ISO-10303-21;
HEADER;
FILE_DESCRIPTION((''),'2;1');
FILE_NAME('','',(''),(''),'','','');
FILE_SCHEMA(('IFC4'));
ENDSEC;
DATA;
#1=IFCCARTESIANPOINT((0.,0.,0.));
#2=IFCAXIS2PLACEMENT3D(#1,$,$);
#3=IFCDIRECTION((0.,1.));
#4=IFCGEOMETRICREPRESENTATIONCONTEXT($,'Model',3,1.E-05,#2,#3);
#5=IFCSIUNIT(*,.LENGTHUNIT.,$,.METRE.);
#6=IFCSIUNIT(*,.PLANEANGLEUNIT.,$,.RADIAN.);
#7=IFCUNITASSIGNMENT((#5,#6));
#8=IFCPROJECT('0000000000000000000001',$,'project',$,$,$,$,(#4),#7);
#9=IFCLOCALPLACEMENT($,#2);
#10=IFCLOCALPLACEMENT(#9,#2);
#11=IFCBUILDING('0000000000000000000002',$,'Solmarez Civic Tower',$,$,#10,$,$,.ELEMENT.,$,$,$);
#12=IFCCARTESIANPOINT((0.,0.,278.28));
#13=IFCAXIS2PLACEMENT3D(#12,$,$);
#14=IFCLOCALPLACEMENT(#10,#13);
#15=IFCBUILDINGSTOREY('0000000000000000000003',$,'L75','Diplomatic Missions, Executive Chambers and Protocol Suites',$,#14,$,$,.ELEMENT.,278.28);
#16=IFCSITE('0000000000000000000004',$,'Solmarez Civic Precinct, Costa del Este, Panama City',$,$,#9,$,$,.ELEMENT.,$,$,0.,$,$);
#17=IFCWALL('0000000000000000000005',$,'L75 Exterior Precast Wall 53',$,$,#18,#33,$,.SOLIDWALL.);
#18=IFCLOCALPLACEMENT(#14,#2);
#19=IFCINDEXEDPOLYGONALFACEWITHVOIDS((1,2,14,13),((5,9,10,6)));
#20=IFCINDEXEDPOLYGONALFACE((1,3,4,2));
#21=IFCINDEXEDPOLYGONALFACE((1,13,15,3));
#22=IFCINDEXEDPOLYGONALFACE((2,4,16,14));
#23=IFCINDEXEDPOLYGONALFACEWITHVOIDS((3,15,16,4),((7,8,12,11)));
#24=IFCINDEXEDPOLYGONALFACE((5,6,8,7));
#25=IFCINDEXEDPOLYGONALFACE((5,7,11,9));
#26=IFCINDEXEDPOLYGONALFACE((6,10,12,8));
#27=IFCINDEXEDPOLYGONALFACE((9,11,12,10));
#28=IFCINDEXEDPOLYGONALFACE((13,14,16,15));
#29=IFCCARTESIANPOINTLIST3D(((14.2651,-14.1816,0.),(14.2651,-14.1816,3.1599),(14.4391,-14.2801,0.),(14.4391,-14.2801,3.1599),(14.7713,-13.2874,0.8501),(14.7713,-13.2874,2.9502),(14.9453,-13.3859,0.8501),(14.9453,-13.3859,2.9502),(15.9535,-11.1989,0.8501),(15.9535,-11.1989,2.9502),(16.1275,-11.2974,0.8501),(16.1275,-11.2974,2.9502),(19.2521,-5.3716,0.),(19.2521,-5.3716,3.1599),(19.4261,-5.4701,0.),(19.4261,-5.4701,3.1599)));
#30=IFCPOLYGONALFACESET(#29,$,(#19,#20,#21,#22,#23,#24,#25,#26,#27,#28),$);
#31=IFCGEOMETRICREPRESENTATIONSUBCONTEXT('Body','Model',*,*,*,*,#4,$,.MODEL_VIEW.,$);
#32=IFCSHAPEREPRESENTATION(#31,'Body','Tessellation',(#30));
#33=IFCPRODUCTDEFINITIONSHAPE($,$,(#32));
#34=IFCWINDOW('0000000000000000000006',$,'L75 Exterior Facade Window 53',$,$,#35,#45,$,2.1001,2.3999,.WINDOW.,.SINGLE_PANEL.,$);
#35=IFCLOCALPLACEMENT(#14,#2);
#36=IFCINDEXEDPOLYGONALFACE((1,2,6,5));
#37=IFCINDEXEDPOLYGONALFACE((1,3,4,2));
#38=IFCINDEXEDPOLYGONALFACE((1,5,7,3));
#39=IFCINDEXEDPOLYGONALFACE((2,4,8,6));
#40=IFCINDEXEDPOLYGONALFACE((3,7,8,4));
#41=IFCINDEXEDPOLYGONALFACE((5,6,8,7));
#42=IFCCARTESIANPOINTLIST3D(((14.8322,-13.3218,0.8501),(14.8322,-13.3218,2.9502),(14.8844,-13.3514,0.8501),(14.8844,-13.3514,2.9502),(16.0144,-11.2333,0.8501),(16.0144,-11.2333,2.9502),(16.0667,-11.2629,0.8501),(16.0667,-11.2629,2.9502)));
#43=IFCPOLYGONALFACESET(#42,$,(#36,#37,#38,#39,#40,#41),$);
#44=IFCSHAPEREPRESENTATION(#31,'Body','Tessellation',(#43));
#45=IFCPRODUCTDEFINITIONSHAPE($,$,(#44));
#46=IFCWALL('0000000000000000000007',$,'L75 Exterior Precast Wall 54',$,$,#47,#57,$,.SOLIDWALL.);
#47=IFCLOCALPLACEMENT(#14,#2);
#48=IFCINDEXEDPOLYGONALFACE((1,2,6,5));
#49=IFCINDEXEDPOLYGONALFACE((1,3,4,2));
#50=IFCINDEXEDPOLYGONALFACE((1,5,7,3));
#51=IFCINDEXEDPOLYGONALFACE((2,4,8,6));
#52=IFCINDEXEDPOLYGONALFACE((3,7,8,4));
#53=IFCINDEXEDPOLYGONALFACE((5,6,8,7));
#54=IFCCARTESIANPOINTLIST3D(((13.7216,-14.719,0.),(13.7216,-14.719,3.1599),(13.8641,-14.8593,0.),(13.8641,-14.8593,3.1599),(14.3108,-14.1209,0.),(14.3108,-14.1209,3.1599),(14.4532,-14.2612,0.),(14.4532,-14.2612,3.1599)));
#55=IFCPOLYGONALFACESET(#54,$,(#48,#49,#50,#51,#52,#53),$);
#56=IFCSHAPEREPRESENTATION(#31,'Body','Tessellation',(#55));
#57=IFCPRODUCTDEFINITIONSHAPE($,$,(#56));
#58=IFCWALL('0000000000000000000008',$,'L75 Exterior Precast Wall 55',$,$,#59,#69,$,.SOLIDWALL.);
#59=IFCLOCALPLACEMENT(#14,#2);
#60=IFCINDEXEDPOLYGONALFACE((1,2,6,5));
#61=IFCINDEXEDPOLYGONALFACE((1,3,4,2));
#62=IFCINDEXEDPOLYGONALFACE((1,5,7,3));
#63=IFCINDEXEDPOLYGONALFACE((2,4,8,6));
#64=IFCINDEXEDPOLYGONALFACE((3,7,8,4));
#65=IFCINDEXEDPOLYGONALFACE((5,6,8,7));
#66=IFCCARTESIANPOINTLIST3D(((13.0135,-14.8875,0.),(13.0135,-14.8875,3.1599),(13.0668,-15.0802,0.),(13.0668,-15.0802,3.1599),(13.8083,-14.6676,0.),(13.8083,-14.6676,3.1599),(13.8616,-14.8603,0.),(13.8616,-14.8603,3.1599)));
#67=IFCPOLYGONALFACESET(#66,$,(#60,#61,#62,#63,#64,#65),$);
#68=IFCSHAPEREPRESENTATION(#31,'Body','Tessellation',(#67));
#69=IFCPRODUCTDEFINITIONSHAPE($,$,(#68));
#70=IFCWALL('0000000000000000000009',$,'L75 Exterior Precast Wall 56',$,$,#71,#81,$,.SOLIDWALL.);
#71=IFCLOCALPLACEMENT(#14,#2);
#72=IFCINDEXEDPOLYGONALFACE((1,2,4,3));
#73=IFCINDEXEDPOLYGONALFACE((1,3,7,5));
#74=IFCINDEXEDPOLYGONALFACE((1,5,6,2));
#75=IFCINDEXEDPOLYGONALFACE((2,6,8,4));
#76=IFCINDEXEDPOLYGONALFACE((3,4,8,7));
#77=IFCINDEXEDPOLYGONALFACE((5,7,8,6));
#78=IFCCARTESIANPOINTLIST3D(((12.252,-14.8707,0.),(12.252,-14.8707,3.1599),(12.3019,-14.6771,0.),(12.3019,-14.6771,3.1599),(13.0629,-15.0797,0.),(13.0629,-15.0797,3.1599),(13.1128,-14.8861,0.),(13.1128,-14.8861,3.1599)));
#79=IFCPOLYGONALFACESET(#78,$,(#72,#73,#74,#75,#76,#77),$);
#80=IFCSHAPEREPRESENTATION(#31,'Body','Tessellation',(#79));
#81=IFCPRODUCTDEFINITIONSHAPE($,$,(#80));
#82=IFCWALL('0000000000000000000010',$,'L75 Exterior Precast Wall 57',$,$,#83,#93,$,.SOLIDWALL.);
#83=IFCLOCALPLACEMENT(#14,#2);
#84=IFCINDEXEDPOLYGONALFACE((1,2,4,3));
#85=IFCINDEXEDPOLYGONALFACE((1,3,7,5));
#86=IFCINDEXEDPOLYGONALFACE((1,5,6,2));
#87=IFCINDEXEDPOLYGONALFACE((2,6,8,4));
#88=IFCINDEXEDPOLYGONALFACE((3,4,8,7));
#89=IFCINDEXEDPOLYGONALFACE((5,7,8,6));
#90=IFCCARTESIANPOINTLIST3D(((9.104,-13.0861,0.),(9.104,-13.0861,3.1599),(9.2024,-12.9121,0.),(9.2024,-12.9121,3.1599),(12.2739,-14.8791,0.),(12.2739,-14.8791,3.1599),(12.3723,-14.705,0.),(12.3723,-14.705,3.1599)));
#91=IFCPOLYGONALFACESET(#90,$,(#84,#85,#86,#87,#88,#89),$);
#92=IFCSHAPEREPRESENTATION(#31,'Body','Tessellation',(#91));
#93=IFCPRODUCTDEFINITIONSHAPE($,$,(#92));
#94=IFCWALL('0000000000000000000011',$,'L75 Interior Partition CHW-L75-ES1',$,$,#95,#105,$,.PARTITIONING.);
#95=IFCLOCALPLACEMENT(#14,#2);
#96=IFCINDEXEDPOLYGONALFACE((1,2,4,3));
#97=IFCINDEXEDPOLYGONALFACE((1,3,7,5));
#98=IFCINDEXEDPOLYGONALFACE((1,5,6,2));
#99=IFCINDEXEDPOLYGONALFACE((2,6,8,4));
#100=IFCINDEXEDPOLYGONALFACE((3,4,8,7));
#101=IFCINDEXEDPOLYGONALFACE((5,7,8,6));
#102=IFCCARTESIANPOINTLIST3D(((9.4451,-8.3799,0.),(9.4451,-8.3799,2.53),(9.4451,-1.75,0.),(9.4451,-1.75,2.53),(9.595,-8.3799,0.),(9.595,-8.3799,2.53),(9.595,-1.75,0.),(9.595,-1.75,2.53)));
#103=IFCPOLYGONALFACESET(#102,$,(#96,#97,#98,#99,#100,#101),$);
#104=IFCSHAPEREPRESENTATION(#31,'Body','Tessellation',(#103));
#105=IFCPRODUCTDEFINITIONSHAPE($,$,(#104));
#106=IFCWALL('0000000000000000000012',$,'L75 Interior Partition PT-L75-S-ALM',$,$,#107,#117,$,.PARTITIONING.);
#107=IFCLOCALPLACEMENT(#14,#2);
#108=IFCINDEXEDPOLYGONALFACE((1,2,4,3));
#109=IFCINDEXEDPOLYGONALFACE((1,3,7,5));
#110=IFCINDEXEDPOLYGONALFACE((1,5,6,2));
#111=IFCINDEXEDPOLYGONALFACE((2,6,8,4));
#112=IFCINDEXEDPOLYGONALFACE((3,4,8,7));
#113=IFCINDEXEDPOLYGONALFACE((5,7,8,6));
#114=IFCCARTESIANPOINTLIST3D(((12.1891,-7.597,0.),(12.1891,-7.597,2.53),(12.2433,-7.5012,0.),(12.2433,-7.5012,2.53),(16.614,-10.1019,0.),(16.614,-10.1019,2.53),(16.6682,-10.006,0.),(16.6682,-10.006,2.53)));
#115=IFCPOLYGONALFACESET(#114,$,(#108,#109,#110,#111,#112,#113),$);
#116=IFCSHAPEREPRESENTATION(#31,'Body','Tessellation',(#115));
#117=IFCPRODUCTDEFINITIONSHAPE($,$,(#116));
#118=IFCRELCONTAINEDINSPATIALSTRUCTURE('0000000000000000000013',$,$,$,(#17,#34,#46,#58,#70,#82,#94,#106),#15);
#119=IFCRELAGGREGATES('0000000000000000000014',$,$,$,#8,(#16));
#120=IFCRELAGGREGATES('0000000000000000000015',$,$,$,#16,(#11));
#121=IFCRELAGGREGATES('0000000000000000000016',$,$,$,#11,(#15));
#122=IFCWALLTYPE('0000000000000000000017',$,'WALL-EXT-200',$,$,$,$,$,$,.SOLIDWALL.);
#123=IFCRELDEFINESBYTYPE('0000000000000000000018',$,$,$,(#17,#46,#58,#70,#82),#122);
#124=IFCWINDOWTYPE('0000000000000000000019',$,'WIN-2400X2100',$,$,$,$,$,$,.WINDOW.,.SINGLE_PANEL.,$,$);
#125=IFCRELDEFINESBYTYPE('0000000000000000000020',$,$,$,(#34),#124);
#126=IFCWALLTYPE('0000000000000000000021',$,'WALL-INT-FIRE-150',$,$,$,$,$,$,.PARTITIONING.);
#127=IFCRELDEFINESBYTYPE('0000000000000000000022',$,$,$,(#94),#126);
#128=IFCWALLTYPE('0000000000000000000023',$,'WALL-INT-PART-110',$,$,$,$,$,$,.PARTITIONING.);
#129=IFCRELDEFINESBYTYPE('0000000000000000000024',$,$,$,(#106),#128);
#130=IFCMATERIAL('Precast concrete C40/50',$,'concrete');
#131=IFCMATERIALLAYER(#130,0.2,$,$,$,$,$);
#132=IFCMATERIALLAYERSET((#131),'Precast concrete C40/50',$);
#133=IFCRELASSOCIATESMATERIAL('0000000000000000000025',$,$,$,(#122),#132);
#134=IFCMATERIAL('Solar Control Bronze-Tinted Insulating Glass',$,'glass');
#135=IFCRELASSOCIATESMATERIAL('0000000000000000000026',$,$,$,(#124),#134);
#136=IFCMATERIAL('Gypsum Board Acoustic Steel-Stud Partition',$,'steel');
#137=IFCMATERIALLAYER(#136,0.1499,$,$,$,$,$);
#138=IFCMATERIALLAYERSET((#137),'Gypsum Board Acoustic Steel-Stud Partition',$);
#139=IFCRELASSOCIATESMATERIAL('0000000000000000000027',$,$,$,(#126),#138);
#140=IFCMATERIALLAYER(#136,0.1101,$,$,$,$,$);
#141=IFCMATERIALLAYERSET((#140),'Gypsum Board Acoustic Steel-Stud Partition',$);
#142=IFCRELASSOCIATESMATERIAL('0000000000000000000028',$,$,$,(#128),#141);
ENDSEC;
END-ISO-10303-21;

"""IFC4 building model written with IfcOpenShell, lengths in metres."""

from ifc_helpers import new_model, si_unit, direction, frame, frame_2d, origin, place, context, subcontext, project, spatial, rectangle, extrude, material, layer, layer_set, type_object, element, fill, save


model = new_model("IFC4")

# Units and contexts
model_context = context("Model", 3, precision=1e-05, world=origin(), true_north=direction((0.0, 1.0)))
body_context = subcontext(model_context, "Body", "Model", "MODEL_VIEW")
ifc_project = project(units=[si_unit("LENGTHUNIT", "METRE"), si_unit("PLANEANGLEUNIT", "RADIAN")], contexts=[model_context])

# Site, building, storey
site_placement = place(None, origin())
site = spatial("IfcSite", under=ifc_project, at=site_placement, Name="Solmarez Civic Precinct, Costa del Este, Panama City", CompositionType="ELEMENT", RefElevation=0.0)
building_placement = place(site_placement, origin())
building = spatial("IfcBuilding", under=site, at=building_placement, Name="Solmarez Civic Tower", CompositionType="ELEMENT")
storey_placement = place(building_placement, frame((0.0, 0.0, 278.28)))
storey = spatial("IfcBuildingStorey", under=building, at=storey_placement, Name="L75", Description="Diplomatic Missions, Executive Chambers and Protocol Suites", CompositionType="ELEMENT", Elevation=278.28)

# Shared definitions
ifc_material_1 = material(Name="Precast concrete C40/50", Category="concrete")
ifc_layer_1 = layer(ifc_material_1, 0.2)
ifc_layer_set_1 = layer_set([ifc_layer_1], Name="Precast concrete C40/50")
wall_type_1 = type_object("IfcWallType", Name="WALL-EXT-200", PredefinedType="SOLIDWALL", material=ifc_layer_set_1)

# Wall, opening, window
wall_1_placement = place(storey_placement, frame((19.3391, -5.4209, 0.0), z_axis=(0.0, 0.0, 1.0), x_axis=(-0.492616, -0.870247, 0.0)))
wall_1 = element("IfcWall", 1, at=wall_1_placement, inside=storey, type_object=wall_type_1, Name="L75 Exterior Precast Wall 53", PredefinedType="SOLIDWALL", context=body_context, shape_type="SweptSolid", body=[
    extrude(rectangle(XDim=10.1235, YDim=0.2, at=frame_2d((5.0618, 0.0))), origin(), (0.0, 0.0, 1.0), 3.1599),
])
opening_placement = place(wall_1_placement, frame((6.696, 0.0, 0.8501)))
opening = element("IfcOpeningElement", 2, at=opening_placement, cuts=wall_1, PredefinedType="OPENING", context=body_context, shape_type="SweptSolid", body=[
    extrude(rectangle(XDim=2.3999, YDim=2.1001, at=frame_2d((1.2, 1.05))), frame((0.0, 0.1099, 0.0), z_axis=(0.0, -1.0, 0.0), x_axis=(1.0, 0.0, 0.0)), (0.0, 0.0, 1.0), 0.22),
])
ifc_material_2 = material(Name="Solar Control Bronze-Tinted Insulating Glass", Category="glass")
window_type = type_object("IfcWindowType", Name="WIN-2400X2100", PartitioningType="SINGLE_PANEL", PredefinedType="WINDOW", material=ifc_material_2)
window_placement = place(opening_placement, origin())
window = element("IfcWindow", 3, at=window_placement, inside=storey, type_object=window_type, Name="L75 Exterior Facade Window 53", OverallHeight=2.1001, OverallWidth=2.3999, PartitioningType="SINGLE_PANEL", PredefinedType="WINDOW", context=body_context, shape_type="SweptSolid", body=[
    extrude(rectangle(XDim=2.3999, YDim=2.1001, at=frame_2d((1.2, 1.05))), frame((0.0, 0.03, 0.0), z_axis=(0.0, -1.0, 0.0), x_axis=(1.0, 0.0, 0.0)), (0.0, 0.0, 1.0), 0.0601),
])
fill(opening, window)

# Walls
wall_2_placement = place(storey_placement, frame((14.3821, -14.1909, 0.0), z_axis=(0.0, 0.0, 1.0), x_axis=(-0.701706, -0.712466, 0.0)))
element("IfcWall", 4, at=wall_2_placement, inside=storey, type_object=wall_type_1, Name="L75 Exterior Precast Wall 54", PredefinedType="SOLIDWALL", context=body_context, shape_type="SweptSolid", body=[
    extrude(rectangle(XDim=0.8396, YDim=0.2, at=frame_2d((0.4199, 0.0))), origin(), (0.0, 0.0, 1.0), 3.1599),
])
wall_3_placement = place(storey_placement, frame((13.835, -14.7639, 0.0), z_axis=(0.0, 0.0, 1.0), x_axis=(-0.96378, -0.266697, 0.0)))
element("IfcWall", 5, at=wall_3_placement, inside=storey, type_object=wall_type_1, Name="L75 Exterior Precast Wall 55", PredefinedType="SOLIDWALL", context=body_context, shape_type="SweptSolid", body=[
    extrude(rectangle(XDim=0.8247, YDim=0.2, at=frame_2d((0.4124, 0.0))), origin(), (0.0, 0.0, 1.0), 3.1599),
])
wall_4_placement = place(storey_placement, frame((13.0879, -14.9829, 0.0), z_axis=(0.0, 0.0, 1.0), x_axis=(-0.96835, 0.249596, 0.0)))
element("IfcWall", 6, at=wall_4_placement, inside=storey, type_object=wall_type_1, Name="L75 Exterior Precast Wall 56", PredefinedType="SOLIDWALL", context=body_context, shape_type="SweptSolid", body=[
    extrude(rectangle(XDim=0.8374, YDim=0.2, at=frame_2d((0.4187, 0.0))), origin(), (0.0, 0.0, 1.0), 3.1599),
])
wall_5_placement = place(storey_placement, frame((12.323, -14.792, 0.0), z_axis=(0.0, 0.0, 1.0), x_axis=(-0.870413, 0.492322, 0.0)))
element("IfcWall", 7, at=wall_5_placement, inside=storey, type_object=wall_type_1, Name="L75 Exterior Precast Wall 57", PredefinedType="SOLIDWALL", context=body_context, shape_type="SweptSolid", body=[
    extrude(rectangle(XDim=3.6418, YDim=0.2, at=frame_2d((1.8208, 0.0))), origin(), (0.0, 0.0, 1.0), 3.1599),
])
ifc_material_3 = material(Name="Gypsum Board Acoustic Steel-Stud Partition", Category="steel")
ifc_layer_2 = layer(ifc_material_3, 0.1499)
ifc_layer_set_2 = layer_set([ifc_layer_2], Name="Gypsum Board Acoustic Steel-Stud Partition")
wall_type_2 = type_object("IfcWallType", Name="WALL-INT-FIRE-150", PredefinedType="PARTITIONING", material=ifc_layer_set_2)
wall_6_placement = place(storey_placement, frame((9.52, -8.3799, 0.0), z_axis=(0.0, 0.0, 1.0), x_axis=(0.0, 1.0, 0.0)))
element("IfcWall", 8, at=wall_6_placement, inside=storey, type_object=wall_type_2, Name="L75 Interior Partition CHW-L75-ES1", PredefinedType="PARTITIONING", context=body_context, shape_type="SweptSolid", body=[
    extrude(rectangle(XDim=6.6299, YDim=0.1499, at=frame_2d((3.3149, 0.0))), origin(), (0.0, 0.0, 1.0), 2.53),
])
ifc_layer_3 = layer(ifc_material_3, 0.1101)
ifc_layer_set_3 = layer_set([ifc_layer_3], Name="Gypsum Board Acoustic Steel-Stud Partition")
wall_type_3 = type_object("IfcWallType", Name="WALL-INT-PART-110", PredefinedType="PARTITIONING", material=ifc_layer_set_3)
wall_7_placement = place(storey_placement, frame((12.2161, -7.5491, 0.0), z_axis=(0.0, 0.0, 1.0), x_axis=(0.870245, -0.492619, 0.0)))
element("IfcWall", 9, at=wall_7_placement, inside=storey, type_object=wall_type_3, Name="L75 Interior Partition PT-L75-S-ALM", PredefinedType="PARTITIONING", context=body_context, shape_type="SweptSolid", body=[
    extrude(rectangle(XDim=5.0847, YDim=0.1101, at=frame_2d((2.5425, 0.0))), origin(), (0.0, 0.0, 1.0), 2.53),
])

save(model, "model.ifc")
